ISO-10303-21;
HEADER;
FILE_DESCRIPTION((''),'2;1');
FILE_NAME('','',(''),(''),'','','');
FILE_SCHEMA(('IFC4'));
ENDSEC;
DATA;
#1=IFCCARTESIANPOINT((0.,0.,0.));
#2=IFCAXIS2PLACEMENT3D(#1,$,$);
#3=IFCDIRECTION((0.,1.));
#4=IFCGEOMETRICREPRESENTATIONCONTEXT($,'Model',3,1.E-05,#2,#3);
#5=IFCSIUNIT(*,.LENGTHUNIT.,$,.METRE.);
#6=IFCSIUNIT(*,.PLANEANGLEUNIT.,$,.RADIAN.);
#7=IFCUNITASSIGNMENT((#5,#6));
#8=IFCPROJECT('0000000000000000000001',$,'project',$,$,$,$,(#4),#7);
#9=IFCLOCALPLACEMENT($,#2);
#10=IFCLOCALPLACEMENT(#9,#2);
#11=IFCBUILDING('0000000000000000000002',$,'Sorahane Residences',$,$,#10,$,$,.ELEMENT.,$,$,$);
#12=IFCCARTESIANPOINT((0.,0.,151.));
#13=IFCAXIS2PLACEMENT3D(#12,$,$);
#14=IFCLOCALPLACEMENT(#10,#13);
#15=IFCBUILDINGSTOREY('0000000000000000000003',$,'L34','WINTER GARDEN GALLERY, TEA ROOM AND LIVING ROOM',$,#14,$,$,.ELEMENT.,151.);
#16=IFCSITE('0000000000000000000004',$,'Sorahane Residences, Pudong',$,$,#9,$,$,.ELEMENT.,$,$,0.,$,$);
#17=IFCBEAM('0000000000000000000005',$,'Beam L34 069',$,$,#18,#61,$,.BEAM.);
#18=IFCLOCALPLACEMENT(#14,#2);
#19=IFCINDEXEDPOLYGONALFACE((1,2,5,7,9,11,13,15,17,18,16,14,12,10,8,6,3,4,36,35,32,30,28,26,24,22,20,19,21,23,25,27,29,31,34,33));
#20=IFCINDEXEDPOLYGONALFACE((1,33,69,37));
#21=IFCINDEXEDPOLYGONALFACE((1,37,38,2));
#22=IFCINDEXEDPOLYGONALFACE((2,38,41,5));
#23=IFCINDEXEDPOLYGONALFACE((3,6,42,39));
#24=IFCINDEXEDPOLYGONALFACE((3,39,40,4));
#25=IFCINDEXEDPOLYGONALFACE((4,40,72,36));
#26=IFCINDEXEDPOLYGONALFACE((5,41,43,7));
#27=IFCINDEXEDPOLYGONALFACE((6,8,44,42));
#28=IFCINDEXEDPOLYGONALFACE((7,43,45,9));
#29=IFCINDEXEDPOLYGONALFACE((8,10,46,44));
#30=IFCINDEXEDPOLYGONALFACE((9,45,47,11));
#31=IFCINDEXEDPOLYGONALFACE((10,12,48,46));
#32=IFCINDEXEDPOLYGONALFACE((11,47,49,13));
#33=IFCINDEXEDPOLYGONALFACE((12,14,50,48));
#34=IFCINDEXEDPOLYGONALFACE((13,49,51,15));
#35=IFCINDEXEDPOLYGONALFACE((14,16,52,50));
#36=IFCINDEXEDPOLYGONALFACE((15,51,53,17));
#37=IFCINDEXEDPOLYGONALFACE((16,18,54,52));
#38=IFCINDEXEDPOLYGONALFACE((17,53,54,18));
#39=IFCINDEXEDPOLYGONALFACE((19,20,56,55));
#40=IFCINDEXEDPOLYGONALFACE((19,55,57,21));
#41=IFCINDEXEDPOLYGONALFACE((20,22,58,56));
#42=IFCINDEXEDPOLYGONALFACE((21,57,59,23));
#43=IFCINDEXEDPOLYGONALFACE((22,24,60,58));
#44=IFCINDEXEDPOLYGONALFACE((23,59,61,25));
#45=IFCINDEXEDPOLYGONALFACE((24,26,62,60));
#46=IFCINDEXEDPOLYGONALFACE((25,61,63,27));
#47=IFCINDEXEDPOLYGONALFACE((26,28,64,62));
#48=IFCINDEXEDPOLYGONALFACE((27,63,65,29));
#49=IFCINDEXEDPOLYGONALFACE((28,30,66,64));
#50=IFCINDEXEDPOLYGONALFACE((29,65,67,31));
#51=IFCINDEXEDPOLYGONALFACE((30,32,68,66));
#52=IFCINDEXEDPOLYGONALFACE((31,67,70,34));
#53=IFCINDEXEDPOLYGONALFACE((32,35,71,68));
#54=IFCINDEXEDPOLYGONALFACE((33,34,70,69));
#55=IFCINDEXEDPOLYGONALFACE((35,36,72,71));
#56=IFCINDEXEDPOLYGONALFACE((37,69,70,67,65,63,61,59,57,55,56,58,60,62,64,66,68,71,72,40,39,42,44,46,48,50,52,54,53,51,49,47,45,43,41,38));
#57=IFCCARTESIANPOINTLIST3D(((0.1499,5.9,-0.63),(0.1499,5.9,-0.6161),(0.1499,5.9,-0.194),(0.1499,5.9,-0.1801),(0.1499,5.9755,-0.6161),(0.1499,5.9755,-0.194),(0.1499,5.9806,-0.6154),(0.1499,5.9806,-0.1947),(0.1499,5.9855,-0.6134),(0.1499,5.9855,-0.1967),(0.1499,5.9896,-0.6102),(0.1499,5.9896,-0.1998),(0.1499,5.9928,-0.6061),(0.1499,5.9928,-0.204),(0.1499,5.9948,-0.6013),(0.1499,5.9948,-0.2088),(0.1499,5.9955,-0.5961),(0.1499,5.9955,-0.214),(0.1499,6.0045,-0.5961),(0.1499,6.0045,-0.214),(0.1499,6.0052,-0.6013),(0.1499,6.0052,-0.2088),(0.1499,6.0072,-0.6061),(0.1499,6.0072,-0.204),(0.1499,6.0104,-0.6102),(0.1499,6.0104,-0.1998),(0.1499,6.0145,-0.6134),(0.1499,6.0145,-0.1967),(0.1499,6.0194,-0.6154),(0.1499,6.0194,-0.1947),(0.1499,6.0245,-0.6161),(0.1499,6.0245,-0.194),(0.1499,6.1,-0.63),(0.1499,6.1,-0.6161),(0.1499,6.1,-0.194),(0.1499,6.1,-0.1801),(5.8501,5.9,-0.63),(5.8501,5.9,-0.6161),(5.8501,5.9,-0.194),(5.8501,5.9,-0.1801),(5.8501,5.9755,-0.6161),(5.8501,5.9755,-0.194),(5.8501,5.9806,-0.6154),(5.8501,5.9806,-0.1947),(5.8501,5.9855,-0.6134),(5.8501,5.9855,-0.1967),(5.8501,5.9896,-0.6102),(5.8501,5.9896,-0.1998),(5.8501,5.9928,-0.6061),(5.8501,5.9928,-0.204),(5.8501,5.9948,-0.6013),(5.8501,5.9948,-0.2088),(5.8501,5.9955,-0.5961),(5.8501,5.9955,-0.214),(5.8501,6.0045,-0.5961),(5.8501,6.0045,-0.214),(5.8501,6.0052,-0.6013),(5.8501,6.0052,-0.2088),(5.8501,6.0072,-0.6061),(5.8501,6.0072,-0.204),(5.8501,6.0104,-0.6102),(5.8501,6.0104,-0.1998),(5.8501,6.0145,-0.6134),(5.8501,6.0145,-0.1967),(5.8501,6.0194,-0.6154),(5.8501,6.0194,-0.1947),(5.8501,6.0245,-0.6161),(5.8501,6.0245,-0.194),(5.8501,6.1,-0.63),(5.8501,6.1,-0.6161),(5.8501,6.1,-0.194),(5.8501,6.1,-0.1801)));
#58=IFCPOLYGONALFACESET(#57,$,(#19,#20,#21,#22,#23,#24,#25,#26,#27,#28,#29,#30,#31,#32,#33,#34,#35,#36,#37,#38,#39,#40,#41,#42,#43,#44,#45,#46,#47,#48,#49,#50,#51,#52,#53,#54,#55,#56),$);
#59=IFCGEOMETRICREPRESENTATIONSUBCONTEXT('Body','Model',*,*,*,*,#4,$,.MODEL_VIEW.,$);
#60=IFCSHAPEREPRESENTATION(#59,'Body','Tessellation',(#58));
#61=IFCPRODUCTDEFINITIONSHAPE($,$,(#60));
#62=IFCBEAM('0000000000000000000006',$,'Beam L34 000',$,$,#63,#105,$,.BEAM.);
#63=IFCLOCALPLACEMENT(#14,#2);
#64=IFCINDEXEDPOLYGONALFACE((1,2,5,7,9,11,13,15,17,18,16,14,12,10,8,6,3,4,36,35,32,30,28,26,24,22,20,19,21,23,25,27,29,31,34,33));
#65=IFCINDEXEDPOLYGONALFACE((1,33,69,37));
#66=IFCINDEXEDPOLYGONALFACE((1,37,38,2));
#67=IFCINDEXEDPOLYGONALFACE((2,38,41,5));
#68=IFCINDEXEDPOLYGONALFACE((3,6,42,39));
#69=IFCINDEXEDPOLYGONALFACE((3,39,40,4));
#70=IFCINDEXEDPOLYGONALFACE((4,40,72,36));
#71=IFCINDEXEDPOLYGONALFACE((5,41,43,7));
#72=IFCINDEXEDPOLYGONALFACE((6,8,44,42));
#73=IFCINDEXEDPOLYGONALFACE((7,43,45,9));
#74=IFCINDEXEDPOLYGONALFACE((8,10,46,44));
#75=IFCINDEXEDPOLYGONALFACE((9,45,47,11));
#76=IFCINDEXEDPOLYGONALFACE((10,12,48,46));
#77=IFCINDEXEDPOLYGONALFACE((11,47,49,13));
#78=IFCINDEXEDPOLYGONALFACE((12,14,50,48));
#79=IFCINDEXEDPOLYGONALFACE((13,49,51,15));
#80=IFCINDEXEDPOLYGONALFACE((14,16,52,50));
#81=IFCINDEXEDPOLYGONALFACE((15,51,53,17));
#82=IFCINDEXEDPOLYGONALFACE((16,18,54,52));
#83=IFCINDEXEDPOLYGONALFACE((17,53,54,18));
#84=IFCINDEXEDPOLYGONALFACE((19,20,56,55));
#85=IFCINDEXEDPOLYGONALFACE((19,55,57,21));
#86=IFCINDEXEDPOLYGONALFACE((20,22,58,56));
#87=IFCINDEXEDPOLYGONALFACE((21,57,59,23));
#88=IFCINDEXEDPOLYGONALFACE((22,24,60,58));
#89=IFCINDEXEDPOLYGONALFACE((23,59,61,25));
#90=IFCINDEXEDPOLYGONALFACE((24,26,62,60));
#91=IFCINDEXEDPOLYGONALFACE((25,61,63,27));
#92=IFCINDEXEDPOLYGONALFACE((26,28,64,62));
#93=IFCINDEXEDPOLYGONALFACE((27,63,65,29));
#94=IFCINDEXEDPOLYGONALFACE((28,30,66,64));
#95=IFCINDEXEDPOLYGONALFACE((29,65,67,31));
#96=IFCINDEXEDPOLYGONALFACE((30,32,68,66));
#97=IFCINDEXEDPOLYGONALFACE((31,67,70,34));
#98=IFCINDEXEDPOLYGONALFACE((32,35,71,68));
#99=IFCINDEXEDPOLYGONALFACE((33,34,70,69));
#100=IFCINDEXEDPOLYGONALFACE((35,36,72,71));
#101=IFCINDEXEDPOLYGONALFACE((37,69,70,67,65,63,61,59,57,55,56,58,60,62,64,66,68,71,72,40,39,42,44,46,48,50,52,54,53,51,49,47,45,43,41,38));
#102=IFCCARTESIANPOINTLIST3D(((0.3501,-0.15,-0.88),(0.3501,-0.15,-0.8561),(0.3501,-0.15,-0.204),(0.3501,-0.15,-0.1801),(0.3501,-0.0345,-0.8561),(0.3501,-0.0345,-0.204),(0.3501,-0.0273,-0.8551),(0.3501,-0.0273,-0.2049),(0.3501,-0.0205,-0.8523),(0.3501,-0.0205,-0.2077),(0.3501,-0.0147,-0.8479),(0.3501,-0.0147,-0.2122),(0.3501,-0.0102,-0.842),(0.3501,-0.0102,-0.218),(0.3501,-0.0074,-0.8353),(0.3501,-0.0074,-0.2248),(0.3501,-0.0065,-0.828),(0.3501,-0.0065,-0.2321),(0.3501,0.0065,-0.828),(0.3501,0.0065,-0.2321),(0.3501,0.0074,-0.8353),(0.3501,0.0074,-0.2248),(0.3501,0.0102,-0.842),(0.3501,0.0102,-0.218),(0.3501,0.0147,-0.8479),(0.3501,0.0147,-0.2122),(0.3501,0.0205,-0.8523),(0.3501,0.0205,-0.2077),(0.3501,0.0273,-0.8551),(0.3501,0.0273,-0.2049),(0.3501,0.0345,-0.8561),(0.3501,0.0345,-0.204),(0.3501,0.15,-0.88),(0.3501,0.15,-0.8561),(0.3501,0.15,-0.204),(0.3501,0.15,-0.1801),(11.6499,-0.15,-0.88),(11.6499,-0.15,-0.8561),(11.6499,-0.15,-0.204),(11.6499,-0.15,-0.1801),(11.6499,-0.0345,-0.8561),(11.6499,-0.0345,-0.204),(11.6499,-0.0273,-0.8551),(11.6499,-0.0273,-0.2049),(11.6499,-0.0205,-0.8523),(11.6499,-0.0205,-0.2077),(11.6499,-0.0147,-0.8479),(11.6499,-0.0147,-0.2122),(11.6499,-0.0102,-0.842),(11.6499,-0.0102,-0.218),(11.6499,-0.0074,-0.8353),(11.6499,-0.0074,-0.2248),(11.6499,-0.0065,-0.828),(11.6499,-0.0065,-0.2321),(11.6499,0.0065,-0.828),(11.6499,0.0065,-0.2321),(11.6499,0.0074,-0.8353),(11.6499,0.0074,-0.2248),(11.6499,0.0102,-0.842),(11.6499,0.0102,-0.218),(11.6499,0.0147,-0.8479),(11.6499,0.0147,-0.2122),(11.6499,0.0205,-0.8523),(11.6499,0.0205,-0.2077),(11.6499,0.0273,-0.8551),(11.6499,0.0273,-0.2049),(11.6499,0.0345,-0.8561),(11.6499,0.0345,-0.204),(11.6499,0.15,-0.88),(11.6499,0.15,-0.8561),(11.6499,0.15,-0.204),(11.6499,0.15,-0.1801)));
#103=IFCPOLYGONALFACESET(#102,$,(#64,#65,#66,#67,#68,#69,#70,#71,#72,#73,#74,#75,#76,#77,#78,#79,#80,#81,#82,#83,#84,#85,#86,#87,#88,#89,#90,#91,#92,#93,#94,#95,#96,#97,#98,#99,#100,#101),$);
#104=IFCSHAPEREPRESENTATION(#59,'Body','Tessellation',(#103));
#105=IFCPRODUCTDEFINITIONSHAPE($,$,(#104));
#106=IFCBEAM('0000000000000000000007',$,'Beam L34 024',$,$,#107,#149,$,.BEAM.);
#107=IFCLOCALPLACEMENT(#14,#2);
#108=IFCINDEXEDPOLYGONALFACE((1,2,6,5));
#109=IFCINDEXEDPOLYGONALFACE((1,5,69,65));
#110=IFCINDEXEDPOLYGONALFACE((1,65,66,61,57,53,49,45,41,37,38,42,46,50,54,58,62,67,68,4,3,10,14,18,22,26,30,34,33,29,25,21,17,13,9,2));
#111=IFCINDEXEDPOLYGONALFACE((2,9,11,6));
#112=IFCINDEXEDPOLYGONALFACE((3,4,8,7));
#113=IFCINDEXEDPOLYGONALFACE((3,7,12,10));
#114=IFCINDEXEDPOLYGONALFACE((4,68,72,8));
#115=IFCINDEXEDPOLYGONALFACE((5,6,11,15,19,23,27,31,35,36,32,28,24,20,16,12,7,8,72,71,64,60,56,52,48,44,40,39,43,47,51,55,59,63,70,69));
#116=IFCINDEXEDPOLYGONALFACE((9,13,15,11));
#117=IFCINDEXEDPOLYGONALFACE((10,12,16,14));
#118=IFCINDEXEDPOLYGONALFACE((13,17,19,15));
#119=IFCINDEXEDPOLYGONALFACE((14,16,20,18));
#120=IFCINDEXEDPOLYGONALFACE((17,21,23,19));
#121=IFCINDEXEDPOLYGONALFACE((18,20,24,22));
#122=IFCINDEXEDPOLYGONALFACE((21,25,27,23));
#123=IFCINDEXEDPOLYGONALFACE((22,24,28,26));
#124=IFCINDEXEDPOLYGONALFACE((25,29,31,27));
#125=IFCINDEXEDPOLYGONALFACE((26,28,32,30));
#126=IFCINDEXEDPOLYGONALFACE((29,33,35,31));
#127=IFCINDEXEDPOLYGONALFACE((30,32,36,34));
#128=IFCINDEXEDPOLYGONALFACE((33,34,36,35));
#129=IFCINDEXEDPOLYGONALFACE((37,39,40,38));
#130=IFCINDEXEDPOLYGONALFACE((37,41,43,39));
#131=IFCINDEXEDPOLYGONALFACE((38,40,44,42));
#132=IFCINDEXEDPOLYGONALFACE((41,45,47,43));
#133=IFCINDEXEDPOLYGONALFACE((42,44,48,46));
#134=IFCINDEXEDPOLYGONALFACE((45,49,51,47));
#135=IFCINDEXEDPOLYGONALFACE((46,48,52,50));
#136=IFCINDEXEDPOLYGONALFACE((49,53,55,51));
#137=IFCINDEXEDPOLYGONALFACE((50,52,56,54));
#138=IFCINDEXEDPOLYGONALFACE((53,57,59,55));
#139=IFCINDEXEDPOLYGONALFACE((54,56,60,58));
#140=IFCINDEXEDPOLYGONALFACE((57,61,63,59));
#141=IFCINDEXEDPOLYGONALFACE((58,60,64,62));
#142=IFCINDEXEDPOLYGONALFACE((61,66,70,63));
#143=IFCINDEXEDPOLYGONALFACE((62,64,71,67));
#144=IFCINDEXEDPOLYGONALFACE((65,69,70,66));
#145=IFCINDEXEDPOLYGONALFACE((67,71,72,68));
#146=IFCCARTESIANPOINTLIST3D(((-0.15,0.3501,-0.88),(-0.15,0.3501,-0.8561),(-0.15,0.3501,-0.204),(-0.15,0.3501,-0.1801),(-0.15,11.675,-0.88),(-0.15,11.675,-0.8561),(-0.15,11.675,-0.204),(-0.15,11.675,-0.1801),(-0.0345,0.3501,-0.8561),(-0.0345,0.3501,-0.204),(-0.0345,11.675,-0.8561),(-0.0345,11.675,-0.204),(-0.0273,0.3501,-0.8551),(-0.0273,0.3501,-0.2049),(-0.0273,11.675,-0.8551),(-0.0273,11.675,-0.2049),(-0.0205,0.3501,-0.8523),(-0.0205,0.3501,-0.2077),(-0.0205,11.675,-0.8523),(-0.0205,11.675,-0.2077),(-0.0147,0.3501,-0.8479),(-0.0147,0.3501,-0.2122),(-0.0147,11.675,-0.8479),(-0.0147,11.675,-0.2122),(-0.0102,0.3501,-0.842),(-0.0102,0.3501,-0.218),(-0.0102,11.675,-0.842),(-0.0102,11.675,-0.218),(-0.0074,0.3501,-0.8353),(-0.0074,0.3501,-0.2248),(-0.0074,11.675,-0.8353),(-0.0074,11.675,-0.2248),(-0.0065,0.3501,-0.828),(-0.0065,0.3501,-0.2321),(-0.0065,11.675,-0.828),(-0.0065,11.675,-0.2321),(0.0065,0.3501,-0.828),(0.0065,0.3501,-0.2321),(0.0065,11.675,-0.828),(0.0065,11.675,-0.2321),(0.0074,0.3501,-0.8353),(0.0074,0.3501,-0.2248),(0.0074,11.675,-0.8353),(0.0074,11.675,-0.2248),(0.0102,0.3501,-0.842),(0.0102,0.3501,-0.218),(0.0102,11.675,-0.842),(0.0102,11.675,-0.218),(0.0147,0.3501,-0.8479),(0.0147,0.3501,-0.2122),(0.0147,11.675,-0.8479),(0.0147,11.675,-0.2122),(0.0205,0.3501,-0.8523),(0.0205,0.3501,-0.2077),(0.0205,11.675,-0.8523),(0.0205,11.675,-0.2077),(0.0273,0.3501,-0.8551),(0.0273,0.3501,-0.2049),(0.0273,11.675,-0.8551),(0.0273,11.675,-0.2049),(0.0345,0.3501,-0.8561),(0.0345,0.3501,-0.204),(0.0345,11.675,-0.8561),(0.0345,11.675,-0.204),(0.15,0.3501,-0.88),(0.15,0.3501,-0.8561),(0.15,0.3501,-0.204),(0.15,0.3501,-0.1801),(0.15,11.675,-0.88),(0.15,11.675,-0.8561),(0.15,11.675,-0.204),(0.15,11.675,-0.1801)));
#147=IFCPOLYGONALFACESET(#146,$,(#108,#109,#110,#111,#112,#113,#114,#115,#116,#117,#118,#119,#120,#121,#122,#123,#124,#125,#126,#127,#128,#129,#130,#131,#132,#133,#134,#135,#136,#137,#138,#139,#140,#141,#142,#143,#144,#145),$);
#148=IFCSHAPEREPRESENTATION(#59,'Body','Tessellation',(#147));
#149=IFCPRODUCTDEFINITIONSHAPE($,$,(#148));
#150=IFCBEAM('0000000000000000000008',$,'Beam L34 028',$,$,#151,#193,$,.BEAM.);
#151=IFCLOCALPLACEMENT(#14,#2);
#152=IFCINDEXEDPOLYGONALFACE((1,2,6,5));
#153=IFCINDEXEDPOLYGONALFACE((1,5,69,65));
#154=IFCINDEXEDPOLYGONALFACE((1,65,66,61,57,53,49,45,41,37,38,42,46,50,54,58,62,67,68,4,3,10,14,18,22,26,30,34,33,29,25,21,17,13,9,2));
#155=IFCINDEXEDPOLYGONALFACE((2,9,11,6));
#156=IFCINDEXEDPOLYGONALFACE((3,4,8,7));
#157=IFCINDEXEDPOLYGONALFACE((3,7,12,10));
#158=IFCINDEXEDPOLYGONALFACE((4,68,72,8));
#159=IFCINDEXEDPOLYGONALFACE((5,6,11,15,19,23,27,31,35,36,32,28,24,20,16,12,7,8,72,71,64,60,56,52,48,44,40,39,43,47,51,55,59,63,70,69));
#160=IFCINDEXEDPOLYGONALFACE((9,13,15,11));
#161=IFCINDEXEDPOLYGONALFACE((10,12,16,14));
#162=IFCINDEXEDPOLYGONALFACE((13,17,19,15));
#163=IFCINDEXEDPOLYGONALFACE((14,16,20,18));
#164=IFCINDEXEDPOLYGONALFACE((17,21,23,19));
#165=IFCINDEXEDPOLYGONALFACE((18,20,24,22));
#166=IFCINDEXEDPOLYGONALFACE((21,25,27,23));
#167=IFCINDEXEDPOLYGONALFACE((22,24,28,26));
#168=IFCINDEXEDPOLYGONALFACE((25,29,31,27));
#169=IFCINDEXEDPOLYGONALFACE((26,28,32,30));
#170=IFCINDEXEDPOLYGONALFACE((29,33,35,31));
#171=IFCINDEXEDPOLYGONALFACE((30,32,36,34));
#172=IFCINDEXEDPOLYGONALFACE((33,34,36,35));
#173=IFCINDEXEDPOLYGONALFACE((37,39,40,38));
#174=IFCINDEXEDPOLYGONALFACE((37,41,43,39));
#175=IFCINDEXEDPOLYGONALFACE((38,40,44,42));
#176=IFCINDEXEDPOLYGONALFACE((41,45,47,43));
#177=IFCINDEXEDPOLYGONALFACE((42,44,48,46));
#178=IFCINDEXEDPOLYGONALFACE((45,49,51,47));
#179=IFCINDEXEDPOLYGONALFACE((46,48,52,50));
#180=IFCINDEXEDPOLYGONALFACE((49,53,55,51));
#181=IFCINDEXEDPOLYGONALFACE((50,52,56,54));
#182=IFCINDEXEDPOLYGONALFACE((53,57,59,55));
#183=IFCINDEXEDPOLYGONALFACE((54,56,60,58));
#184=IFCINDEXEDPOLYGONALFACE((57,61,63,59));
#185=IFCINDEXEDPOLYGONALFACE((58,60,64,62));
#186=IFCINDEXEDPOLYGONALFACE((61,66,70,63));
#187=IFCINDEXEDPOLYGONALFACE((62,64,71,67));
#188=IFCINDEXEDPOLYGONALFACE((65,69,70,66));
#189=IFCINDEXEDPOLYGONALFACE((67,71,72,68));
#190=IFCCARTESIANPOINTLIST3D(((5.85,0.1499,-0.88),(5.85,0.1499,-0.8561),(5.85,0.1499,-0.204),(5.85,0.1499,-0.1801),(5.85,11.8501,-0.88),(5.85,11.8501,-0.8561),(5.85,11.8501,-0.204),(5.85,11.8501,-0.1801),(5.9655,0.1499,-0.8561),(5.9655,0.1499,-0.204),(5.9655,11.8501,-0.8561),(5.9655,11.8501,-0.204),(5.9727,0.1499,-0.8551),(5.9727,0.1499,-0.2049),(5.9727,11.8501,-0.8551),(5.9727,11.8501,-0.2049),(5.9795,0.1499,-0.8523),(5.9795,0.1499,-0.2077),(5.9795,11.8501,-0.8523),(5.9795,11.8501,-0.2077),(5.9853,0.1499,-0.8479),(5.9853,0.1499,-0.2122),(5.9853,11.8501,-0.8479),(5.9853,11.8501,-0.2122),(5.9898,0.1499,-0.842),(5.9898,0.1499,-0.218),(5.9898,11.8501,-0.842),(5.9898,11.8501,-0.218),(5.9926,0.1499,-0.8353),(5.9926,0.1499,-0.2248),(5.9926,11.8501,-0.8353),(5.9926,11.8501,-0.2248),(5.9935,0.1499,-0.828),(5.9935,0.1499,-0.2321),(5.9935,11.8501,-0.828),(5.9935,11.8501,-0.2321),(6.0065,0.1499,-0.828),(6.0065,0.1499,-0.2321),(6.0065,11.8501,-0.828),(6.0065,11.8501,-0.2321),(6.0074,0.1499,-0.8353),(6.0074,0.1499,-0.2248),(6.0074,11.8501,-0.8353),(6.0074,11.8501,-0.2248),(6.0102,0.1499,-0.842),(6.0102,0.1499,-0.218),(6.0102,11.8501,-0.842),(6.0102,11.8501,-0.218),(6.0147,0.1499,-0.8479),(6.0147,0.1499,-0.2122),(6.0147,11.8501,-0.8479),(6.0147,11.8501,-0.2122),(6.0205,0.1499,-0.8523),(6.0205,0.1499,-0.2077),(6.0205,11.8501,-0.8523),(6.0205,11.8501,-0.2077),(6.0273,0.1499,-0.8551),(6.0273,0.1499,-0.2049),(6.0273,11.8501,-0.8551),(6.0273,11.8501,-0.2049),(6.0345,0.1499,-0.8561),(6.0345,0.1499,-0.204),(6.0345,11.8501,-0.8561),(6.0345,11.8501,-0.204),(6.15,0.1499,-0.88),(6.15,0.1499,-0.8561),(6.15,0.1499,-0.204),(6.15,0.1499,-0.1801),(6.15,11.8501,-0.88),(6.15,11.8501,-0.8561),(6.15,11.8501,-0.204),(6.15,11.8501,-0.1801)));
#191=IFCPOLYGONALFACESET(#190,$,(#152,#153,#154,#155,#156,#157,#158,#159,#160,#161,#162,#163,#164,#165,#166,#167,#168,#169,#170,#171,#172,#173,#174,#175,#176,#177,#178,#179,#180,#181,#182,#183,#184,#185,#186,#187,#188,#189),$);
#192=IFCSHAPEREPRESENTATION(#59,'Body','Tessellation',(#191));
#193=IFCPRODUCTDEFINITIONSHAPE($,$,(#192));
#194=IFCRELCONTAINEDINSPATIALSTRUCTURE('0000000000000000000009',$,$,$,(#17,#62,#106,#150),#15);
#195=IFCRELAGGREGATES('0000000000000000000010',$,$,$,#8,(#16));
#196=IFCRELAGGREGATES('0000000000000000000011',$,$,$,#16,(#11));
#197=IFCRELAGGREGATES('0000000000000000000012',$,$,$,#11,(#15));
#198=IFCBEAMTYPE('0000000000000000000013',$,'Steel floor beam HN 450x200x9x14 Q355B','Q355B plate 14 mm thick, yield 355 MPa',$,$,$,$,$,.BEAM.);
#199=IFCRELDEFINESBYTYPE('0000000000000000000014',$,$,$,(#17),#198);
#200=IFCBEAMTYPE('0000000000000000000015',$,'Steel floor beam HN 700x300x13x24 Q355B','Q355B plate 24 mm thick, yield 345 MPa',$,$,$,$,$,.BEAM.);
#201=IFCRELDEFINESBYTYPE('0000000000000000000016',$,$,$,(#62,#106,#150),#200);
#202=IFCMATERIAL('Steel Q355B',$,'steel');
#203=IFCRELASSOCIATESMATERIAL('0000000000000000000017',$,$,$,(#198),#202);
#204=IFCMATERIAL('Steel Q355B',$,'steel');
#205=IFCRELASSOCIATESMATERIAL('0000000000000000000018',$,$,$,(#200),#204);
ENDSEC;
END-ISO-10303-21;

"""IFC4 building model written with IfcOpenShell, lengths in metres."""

from ifc_helpers import new_model, si_unit, direction, frame, origin, origin_2d, place, context, subcontext, project, spatial, i_section, extrude, material, material_profile, profile_set, type_object, element, save


model = new_model("IFC4")

# Units and contexts
model_context = context("Model", 3, precision=1e-05, world=origin(), true_north=direction((0.0, 1.0)))
body_context = subcontext(model_context, "Body", "Model", "MODEL_VIEW")
ifc_project = project(units=[si_unit("LENGTHUNIT", "METRE"), si_unit("PLANEANGLEUNIT", "RADIAN")], contexts=[model_context])

# Site, building, storey
site_placement = place(None, origin())
site = spatial("IfcSite", under=ifc_project, at=site_placement, Name="Sorahane Residences, Pudong", CompositionType="ELEMENT", RefElevation=0.0)
building_placement = place(site_placement, origin())
building = spatial("IfcBuilding", under=site, at=building_placement, Name="Sorahane Residences", CompositionType="ELEMENT")
storey_placement = place(building_placement, frame((0.0, 0.0, 151.0)))
storey = spatial("IfcBuildingStorey", under=building, at=storey_placement, Name="L34", Description="WINTER GARDEN GALLERY, TEA ROOM AND LIVING ROOM", CompositionType="ELEMENT", Elevation=151.0)

# Beams
ifc_material_1 = material(Name="Steel Q355B", Category="steel")
ifc_material_profile_1 = material_profile(ifc_material_1, i_section(OverallWidth=0.2, OverallDepth=0.45, WebThickness=0.009, FlangeThickness=0.0139, FilletRadius=0.02, at=origin_2d()), Name="HN 450x200x9x14")
ifc_profile_set_1 = profile_set([ifc_material_profile_1], Name="Steel Q355B")
beam_type_1 = type_object("IfcBeamType", Name="Steel floor beam HN 450x200x9x14 Q355B", Description="Q355B plate 14 mm thick, yield 355 MPa", PredefinedType="BEAM", material=ifc_profile_set_1)
beam_1_placement = place(storey_placement, frame((0.1499, 6.0, -0.405), z_axis=(1.0, 0.0, 0.0), x_axis=(0.0, 1.0, 0.0)))
element("IfcBeam", 1, at=beam_1_placement, inside=storey, type_object=beam_type_1, Name="Beam L34 069", PredefinedType="BEAM", context=body_context, shape_type="SweptSolid", body=[
    extrude(i_section(OverallWidth=0.2, OverallDepth=0.45, WebThickness=0.009, FlangeThickness=0.0139, FilletRadius=0.02, at=origin_2d()), origin(), (0.0, 0.0, 1.0), 5.7002),
])
ifc_material_2 = material(Name="Steel Q355B", Category="steel")
ifc_material_profile_2 = material_profile(ifc_material_2, i_section(OverallWidth=0.3, OverallDepth=0.7, WebThickness=0.0129, FlangeThickness=0.0239, FilletRadius=0.0281, at=origin_2d()), Name="HN 700x300x13x24")
ifc_profile_set_2 = profile_set([ifc_material_profile_2], Name="Steel Q355B")
beam_type_2 = type_object("IfcBeamType", Name="Steel floor beam HN 700x300x13x24 Q355B", Description="Q355B plate 24 mm thick, yield 345 MPa", PredefinedType="BEAM", material=ifc_profile_set_2)
beam_2_placement = place(storey_placement, frame((0.3501, 0.0, -0.53), z_axis=(1.0, 0.0, 0.0), x_axis=(0.0, 1.0, 0.0)))
element("IfcBeam", 2, at=beam_2_placement, inside=storey, type_object=beam_type_2, Name="Beam L34 000", PredefinedType="BEAM", context=body_context, shape_type="SweptSolid", body=[
    extrude(i_section(OverallWidth=0.3, OverallDepth=0.7, WebThickness=0.0129, FlangeThickness=0.0239, FilletRadius=0.0281, at=origin_2d()), origin(), (0.0, 0.0, 1.0), 11.2998),
])
beam_3_placement = place(storey_placement, frame((0.0, 0.3501, -0.53), z_axis=(0.0, 1.0, 0.0), x_axis=(-1.0, 0.0, 0.0)))
element("IfcBeam", 3, at=beam_3_placement, inside=storey, type_object=beam_type_2, Name="Beam L34 024", PredefinedType="BEAM", context=body_context, shape_type="SweptSolid", body=[
    extrude(i_section(OverallWidth=0.3, OverallDepth=0.7, WebThickness=0.0129, FlangeThickness=0.0239, FilletRadius=0.0281, at=origin_2d()), origin(), (0.0, 0.0, 1.0), 11.325),
])
beam_4_placement = place(storey_placement, frame((6.0, 0.1499, -0.53), z_axis=(0.0, 1.0, 0.0), x_axis=(-1.0, 0.0, 0.0)))
element("IfcBeam", 4, at=beam_4_placement, inside=storey, type_object=beam_type_2, Name="Beam L34 028", PredefinedType="BEAM", context=body_context, shape_type="SweptSolid", body=[
    extrude(i_section(OverallWidth=0.3, OverallDepth=0.7, WebThickness=0.0129, FlangeThickness=0.0239, FilletRadius=0.0281, at=origin_2d()), origin(), (0.0, 0.0, 1.0), 11.7002),
])

save(model, "model.ifc")
